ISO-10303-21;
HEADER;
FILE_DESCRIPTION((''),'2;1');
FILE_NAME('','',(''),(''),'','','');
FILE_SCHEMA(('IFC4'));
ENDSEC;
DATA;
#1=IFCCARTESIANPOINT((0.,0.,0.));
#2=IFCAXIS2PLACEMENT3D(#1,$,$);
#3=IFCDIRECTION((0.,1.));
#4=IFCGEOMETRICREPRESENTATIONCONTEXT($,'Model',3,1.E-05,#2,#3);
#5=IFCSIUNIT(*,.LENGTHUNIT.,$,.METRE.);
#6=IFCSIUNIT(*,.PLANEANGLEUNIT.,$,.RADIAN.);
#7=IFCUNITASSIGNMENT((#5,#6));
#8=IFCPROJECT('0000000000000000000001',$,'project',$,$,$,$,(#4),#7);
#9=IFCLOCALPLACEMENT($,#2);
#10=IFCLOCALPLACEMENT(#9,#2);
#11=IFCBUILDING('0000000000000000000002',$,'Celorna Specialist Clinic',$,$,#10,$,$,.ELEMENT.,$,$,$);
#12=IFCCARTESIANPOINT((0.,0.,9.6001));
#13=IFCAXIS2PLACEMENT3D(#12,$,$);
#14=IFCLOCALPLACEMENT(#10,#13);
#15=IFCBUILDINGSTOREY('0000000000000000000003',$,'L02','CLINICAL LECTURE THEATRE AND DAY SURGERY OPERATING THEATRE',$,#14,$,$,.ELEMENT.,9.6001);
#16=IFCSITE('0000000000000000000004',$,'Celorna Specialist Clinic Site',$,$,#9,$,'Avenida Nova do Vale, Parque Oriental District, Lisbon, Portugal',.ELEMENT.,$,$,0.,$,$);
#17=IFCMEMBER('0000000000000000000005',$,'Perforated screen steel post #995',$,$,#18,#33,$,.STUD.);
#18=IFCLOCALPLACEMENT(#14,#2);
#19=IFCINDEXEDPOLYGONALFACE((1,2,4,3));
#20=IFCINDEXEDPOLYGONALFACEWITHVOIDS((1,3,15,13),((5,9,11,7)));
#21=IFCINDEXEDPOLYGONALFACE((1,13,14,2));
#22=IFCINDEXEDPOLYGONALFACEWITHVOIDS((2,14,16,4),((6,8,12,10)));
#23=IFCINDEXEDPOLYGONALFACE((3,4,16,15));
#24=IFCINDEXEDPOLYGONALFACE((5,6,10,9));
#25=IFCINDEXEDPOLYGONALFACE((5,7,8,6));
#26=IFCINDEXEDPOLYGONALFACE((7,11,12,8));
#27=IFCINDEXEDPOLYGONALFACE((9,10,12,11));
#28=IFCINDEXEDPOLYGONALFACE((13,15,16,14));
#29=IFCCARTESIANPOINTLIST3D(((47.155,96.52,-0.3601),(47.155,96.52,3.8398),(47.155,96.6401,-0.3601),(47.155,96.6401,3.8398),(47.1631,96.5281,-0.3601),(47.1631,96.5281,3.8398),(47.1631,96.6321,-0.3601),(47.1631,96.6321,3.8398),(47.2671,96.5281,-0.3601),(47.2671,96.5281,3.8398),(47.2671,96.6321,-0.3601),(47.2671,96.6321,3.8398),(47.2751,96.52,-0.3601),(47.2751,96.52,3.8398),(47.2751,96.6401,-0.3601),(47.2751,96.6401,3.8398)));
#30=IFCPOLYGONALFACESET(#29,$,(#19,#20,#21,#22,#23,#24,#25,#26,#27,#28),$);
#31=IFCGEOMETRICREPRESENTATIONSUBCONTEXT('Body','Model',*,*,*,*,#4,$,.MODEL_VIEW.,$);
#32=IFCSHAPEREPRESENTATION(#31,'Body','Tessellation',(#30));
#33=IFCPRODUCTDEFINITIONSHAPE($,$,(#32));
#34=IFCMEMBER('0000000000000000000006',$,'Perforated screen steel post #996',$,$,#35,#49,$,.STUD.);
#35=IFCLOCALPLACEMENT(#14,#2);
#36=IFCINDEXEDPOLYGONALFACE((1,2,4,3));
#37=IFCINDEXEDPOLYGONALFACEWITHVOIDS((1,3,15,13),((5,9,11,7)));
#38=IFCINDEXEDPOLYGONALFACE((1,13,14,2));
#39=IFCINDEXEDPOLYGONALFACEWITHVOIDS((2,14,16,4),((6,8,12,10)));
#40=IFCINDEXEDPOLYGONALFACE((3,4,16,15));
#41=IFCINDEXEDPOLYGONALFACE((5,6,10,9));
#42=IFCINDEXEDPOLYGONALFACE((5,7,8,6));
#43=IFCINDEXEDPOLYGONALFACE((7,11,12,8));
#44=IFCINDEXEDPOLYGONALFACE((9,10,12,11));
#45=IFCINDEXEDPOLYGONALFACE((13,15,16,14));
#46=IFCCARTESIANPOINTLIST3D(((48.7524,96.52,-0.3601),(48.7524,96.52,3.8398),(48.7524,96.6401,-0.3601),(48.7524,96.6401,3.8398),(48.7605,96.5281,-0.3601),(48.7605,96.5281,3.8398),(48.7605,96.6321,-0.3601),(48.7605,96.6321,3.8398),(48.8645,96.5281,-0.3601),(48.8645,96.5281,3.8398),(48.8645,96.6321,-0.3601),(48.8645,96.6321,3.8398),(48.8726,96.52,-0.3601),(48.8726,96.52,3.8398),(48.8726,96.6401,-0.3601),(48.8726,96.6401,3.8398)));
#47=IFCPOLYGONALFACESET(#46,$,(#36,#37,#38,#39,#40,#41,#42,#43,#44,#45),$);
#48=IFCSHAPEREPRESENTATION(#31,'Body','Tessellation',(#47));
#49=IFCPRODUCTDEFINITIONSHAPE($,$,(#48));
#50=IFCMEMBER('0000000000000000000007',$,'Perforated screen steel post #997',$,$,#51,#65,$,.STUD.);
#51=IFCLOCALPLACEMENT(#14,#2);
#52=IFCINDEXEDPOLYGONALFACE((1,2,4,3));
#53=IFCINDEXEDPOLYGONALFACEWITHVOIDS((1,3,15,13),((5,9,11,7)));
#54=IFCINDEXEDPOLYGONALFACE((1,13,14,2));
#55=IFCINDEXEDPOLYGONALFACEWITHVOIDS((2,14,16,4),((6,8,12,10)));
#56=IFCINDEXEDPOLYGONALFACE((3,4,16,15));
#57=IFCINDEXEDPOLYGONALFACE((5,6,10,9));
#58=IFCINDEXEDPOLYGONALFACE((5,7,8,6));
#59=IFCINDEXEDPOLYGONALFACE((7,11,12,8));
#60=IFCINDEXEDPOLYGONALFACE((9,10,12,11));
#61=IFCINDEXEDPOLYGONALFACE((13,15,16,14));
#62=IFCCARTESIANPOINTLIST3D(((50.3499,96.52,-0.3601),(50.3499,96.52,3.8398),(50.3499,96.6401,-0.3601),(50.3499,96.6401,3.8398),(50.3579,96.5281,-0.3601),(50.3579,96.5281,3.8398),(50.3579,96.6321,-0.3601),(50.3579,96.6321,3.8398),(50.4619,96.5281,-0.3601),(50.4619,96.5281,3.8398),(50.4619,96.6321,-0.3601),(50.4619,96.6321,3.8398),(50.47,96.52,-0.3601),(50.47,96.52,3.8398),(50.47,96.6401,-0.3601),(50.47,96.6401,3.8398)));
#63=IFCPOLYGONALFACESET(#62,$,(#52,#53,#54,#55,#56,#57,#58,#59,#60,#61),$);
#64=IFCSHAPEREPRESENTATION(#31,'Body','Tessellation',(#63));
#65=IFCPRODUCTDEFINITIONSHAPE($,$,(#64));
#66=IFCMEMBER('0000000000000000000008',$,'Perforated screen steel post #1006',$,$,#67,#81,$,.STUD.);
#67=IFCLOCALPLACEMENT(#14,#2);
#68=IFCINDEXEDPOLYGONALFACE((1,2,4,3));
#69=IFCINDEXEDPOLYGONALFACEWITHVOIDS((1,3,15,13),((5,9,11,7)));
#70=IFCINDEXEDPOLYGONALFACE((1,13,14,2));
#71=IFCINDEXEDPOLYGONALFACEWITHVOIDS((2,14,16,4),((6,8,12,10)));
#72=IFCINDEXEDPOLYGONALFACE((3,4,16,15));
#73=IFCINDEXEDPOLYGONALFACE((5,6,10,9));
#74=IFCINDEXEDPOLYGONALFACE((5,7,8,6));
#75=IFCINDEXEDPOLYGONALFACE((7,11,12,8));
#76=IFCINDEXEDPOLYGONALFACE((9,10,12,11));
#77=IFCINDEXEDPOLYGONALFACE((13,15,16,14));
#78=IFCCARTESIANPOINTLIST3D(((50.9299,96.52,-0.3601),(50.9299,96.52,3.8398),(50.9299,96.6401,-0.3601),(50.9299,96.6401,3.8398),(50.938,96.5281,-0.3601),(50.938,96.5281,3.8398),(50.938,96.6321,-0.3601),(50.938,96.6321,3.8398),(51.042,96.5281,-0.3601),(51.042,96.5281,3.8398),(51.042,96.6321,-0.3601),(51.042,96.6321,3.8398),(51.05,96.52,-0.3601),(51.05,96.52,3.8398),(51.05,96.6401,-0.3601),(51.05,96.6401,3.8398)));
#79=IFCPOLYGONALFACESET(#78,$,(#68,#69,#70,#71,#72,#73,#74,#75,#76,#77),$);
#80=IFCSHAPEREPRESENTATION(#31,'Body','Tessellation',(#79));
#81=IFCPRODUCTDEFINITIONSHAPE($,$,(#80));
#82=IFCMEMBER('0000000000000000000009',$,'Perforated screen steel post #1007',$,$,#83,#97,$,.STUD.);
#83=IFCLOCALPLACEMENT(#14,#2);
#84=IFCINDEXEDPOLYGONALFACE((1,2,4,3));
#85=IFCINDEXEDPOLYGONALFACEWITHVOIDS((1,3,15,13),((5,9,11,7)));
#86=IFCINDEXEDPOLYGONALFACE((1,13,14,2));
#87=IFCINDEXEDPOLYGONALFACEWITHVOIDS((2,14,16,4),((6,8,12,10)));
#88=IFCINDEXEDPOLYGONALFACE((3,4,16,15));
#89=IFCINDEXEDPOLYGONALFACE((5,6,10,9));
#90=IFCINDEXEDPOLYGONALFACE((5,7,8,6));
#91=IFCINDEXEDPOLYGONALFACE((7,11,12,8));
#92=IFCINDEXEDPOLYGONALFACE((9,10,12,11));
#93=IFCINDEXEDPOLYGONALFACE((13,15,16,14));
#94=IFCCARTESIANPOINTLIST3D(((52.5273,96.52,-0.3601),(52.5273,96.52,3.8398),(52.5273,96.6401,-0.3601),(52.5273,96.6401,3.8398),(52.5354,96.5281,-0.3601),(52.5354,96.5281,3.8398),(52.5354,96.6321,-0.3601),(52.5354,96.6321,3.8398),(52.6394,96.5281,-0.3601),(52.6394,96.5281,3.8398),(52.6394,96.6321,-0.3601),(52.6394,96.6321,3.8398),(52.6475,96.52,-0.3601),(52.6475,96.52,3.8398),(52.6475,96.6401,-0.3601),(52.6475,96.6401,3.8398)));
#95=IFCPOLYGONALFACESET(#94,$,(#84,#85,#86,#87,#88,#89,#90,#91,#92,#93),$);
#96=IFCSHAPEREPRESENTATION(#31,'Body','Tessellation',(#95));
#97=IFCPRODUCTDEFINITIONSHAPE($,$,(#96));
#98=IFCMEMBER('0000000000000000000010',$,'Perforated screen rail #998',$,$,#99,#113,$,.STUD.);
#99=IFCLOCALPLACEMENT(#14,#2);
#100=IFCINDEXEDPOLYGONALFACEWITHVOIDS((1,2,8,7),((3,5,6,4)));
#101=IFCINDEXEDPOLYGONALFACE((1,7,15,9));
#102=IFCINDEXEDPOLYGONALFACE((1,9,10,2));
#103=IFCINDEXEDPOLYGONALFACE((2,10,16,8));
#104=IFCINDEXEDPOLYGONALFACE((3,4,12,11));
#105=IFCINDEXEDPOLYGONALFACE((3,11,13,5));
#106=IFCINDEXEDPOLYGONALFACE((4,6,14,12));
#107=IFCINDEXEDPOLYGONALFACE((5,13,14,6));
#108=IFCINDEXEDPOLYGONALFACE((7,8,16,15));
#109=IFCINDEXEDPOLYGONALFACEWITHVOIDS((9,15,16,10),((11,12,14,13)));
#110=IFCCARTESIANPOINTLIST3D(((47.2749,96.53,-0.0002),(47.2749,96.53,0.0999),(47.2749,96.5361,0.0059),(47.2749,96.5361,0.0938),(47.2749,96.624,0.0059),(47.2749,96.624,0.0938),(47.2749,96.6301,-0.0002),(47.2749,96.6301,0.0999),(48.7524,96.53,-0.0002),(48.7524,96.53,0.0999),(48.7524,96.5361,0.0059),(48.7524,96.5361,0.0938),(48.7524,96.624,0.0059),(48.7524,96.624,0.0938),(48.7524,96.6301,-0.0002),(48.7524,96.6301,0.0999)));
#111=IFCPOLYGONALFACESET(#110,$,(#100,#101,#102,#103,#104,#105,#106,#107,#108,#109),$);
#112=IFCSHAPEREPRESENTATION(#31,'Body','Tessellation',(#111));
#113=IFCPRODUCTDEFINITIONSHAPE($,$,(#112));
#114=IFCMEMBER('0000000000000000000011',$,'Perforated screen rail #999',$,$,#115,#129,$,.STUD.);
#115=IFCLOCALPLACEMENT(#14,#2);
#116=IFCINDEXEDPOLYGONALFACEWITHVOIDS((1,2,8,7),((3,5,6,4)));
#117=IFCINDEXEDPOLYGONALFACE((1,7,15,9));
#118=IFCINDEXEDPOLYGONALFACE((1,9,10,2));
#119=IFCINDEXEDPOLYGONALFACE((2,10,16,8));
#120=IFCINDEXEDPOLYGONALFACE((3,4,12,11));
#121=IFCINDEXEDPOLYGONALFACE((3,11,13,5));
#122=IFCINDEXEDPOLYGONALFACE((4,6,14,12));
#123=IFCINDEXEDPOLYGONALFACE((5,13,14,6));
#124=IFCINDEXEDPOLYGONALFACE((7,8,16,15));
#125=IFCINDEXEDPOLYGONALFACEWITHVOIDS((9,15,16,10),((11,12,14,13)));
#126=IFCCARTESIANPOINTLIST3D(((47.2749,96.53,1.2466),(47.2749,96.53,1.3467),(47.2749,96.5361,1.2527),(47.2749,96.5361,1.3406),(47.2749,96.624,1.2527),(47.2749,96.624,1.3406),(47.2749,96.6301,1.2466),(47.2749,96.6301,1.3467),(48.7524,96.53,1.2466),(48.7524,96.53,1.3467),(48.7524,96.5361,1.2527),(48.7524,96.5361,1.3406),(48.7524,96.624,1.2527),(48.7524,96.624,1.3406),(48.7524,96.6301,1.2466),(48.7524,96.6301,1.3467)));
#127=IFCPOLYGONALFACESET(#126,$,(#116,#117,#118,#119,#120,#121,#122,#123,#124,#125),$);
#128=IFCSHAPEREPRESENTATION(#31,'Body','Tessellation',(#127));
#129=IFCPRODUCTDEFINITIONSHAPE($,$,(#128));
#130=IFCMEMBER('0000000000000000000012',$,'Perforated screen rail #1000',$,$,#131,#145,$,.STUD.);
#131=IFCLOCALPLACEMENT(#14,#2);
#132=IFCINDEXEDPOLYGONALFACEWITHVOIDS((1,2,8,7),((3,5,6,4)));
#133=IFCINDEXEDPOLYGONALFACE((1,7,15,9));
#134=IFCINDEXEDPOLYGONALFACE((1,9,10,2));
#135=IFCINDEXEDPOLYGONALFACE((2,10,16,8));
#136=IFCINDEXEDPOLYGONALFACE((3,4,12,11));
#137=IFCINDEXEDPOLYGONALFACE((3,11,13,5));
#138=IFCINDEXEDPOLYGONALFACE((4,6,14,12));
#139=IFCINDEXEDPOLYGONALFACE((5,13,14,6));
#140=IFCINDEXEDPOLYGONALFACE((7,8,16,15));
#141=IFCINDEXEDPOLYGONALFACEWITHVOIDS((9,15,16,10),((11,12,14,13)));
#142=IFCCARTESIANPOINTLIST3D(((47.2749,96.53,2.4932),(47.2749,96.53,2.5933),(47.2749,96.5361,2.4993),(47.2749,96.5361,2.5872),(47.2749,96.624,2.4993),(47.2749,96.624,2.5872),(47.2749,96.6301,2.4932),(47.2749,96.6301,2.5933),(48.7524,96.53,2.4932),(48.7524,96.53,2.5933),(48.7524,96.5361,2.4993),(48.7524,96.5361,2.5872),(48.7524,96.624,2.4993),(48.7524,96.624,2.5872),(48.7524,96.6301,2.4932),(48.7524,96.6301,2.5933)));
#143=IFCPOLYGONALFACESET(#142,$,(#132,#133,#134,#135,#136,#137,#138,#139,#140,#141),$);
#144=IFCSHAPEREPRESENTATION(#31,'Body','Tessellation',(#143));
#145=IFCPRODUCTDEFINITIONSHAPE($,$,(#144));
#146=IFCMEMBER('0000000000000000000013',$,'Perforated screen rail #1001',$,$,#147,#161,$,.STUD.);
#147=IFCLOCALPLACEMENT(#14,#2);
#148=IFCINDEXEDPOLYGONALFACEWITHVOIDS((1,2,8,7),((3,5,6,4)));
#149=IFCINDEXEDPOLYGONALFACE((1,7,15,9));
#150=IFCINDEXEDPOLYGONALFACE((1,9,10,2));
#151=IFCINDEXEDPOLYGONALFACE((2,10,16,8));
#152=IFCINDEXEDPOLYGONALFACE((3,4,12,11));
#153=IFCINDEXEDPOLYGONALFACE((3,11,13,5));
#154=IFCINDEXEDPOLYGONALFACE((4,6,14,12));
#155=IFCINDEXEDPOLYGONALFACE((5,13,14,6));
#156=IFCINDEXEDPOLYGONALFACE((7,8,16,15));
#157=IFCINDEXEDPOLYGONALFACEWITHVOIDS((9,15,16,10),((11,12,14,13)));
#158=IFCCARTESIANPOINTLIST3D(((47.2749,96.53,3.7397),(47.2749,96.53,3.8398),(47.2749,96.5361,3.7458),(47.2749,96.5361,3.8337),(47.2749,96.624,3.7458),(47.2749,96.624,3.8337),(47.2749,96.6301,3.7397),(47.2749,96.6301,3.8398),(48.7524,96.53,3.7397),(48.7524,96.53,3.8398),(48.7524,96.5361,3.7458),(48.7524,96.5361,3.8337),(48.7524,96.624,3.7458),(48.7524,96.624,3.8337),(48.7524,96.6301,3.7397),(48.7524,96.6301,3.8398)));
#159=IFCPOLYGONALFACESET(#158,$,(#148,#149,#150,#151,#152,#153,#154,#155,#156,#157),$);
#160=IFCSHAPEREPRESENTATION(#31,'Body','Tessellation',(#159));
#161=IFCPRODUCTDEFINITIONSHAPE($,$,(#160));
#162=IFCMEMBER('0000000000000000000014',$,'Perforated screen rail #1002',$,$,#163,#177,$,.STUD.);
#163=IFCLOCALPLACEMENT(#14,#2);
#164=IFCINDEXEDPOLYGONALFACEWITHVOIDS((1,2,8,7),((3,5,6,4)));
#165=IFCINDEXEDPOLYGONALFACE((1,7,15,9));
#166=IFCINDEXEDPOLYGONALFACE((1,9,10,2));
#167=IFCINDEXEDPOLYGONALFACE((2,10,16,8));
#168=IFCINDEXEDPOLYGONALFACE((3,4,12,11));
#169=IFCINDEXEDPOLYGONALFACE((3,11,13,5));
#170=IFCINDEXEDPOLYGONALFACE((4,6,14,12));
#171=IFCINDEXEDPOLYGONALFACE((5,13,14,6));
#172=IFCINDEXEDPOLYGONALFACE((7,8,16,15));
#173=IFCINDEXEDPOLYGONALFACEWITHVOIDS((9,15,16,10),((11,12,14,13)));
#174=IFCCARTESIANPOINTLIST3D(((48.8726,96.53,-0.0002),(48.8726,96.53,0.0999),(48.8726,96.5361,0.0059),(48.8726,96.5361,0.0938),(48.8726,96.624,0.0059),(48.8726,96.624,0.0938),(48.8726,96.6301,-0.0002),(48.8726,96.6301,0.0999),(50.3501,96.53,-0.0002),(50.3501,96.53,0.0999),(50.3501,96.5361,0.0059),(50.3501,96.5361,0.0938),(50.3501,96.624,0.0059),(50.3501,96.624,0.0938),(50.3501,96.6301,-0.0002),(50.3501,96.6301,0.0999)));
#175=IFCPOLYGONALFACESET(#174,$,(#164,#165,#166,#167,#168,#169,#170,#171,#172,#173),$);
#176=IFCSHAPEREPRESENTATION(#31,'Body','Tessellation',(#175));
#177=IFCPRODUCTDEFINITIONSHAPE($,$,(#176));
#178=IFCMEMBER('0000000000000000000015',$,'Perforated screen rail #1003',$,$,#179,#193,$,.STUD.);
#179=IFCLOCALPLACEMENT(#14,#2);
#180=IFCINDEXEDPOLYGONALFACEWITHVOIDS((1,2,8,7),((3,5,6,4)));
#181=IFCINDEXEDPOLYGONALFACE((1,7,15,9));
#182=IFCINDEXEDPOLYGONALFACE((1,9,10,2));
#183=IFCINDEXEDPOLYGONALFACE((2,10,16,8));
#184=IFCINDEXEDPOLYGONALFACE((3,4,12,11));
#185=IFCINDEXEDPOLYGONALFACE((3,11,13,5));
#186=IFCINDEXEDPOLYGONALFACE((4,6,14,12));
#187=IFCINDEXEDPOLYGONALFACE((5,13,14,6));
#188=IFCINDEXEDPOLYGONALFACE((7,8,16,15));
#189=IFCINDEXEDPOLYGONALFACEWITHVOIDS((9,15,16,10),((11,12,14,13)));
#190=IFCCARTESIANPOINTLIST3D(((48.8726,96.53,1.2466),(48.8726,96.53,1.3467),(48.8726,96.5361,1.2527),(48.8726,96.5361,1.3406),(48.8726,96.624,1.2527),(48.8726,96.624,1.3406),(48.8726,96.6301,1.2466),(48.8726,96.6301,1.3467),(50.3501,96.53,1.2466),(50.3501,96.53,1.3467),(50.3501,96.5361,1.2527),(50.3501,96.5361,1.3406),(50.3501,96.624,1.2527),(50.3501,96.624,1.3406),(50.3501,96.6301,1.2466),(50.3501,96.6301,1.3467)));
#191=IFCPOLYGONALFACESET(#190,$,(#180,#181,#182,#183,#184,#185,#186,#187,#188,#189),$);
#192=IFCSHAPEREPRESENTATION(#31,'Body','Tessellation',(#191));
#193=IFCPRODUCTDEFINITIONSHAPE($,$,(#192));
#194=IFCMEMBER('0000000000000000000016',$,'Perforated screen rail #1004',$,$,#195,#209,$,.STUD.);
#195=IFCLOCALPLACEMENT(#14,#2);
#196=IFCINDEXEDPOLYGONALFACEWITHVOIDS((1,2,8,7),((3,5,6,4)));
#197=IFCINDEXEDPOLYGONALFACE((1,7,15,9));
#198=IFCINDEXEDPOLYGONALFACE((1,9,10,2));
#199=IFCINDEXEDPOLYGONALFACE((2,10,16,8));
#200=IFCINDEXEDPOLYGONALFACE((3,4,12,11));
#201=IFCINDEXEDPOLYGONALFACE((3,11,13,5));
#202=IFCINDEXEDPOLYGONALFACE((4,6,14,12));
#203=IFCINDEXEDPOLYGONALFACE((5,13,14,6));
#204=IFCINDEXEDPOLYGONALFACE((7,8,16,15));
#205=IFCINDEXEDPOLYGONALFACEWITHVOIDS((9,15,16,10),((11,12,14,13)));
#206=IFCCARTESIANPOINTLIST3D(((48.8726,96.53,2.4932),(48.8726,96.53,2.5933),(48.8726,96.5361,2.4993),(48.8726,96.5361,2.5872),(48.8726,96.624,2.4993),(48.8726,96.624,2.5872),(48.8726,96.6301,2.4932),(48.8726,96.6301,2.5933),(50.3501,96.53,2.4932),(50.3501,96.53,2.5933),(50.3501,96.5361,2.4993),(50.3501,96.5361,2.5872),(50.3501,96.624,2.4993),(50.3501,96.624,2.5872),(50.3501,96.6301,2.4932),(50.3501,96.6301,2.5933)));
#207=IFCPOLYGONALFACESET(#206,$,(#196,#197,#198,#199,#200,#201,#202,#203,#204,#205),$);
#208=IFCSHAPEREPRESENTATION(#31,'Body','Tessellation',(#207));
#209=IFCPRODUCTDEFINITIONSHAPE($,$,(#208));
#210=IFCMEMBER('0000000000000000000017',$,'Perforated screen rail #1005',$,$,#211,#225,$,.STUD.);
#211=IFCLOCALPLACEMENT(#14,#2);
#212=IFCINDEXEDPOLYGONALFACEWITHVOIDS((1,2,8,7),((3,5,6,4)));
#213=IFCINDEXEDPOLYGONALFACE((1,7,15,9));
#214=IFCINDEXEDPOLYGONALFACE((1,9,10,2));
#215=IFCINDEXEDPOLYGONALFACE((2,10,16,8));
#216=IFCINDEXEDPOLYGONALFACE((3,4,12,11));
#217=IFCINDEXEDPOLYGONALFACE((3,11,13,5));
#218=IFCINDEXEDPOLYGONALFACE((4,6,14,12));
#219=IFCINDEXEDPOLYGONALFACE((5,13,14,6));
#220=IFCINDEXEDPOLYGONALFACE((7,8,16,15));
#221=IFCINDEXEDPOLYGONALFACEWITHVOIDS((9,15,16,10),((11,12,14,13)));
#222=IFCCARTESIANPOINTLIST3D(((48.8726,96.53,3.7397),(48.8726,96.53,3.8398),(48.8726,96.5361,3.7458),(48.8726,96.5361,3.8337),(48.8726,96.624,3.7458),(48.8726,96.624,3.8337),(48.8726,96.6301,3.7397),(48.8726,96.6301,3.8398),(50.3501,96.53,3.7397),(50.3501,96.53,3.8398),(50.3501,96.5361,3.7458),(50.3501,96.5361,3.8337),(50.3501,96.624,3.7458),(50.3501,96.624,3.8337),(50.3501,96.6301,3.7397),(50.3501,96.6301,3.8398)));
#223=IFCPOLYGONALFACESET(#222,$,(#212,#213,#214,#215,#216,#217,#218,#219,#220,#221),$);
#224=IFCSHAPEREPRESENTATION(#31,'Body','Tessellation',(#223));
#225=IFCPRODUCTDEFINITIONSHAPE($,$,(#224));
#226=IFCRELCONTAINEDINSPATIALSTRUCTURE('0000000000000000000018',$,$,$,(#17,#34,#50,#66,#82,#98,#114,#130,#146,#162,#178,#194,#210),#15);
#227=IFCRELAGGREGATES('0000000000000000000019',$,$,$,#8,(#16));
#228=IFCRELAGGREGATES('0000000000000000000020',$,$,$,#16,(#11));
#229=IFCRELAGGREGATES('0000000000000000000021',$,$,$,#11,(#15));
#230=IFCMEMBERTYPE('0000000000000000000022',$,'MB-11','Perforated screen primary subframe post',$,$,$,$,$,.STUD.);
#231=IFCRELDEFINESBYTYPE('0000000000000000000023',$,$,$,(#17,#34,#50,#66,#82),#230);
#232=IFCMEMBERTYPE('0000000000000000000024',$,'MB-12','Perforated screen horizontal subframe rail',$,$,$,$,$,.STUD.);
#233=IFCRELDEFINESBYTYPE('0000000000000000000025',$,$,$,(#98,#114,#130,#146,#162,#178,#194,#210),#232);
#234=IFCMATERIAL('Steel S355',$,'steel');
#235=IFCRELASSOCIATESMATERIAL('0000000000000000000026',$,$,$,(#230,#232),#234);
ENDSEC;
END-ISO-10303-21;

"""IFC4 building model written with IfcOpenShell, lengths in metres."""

from ifc_helpers import new_model, si_unit, direction, frame, origin, origin_2d, place, context, subcontext, project, spatial, hollow_rectangle, extrude, material, material_profile, profile_set, type_object, element, save


model = new_model("IFC4")

# Units and contexts
model_context = context("Model", 3, precision=1e-05, world=origin(), true_north=direction((0.0, 1.0)))
body_context = subcontext(model_context, "Body", "Model", "MODEL_VIEW")
ifc_project = project(units=[si_unit("LENGTHUNIT", "METRE"), si_unit("PLANEANGLEUNIT", "RADIAN")], contexts=[model_context])

# Site, building, storey
site_placement = place(None, origin())
site = spatial("IfcSite", under=ifc_project, at=site_placement, Name="Celorna Specialist Clinic Site", LongName="Avenida Nova do Vale, Parque Oriental District, Lisbon, Portugal", CompositionType="ELEMENT", RefElevation=0.0)
building_placement = place(site_placement, origin())
building = spatial("IfcBuilding", under=site, at=building_placement, Name="Celorna Specialist Clinic", CompositionType="ELEMENT")
storey_placement = place(building_placement, frame((0.0, 0.0, 9.6001)))
storey = spatial("IfcBuildingStorey", under=building, at=storey_placement, Name="L02", Description="CLINICAL LECTURE THEATRE AND DAY SURGERY OPERATING THEATRE", CompositionType="ELEMENT", Elevation=9.6001)

# Members
ifc_material_1 = material(Name="Steel S355", Category="steel")
ifc_material_profile_1 = material_profile(ifc_material_1, hollow_rectangle(XDim=0.1201, YDim=0.1201, WallThickness=0.0081, at=origin_2d()), Name="SHS 120x120x8")
ifc_profile_set_1 = profile_set([ifc_material_profile_1], Name="Steel S355")
member_type_1 = type_object("IfcMemberType", Name="MB-11", Description="Perforated screen primary subframe post", PredefinedType="STUD", material=ifc_profile_set_1)
for number, where, z_axis, x_axis, name in (
    (1, (47.2151, 96.5801, -0.3601), (0.0, 0.0, 1.0), (1.0, 0.0, 0.0), "Perforated screen steel post #995"),
    (2, (48.8125, 96.5801, -0.3601), (0.0, 0.0, 1.0), (1.0, 0.0, 0.0), "Perforated screen steel post #996"),
    (3, (50.4099, 96.5801, -0.3601), (0.0, 0.0, 1.0), (1.0, 0.0, 0.0), "Perforated screen steel post #997"),
    (4, (50.99, 96.5801, -0.3601), (0.0, 0.0, 1.0), (1.0, 0.0, 0.0), "Perforated screen steel post #1006"),
    (5, (52.5874, 96.5801, -0.3601), (0.0, 0.0, 1.0), (1.0, 0.0, 0.0), "Perforated screen steel post #1007"),
):
    element("IfcMember", number, at=place(storey_placement, frame(where, z_axis=z_axis, x_axis=x_axis)), inside=storey, type_object=member_type_1, Name=name, PredefinedType="STUD", context=body_context, shape_type="SweptSolid", body=[
        extrude(hollow_rectangle(XDim=0.1201, YDim=0.1201, WallThickness=0.0081, at=origin_2d()), origin(), (0.0, 0.0, 1.0), 4.2),
    ])
ifc_material_profile_2 = material_profile(ifc_material_1, hollow_rectangle(XDim=0.1001, YDim=0.1001, WallThickness=0.0061, at=origin_2d()), Name="SHS 100x100x6")
ifc_profile_set_2 = profile_set([ifc_material_profile_2], Name="Steel S355")
member_type_2 = type_object("IfcMemberType", Name="MB-12", Description="Perforated screen horizontal subframe rail", PredefinedType="STUD", material=ifc_profile_set_2)
for number, where, z_axis, x_axis, name in (
    (6, (47.2749, 96.5801, 0.0498), (1.0, 0.0, 0.0), (0.0, 1.0, 0.0), "Perforated screen rail #998"),
    (7, (47.2749, 96.5801, 1.2966), (1.0, 0.0, 0.0), (0.0, 1.0, 0.0), "Perforated screen rail #999"),
    (8, (47.2749, 96.5801, 2.5432), (1.0, 0.0, 0.0), (0.0, 1.0, 0.0), "Perforated screen rail #1000"),
    (9, (47.2749, 96.5801, 3.7898), (1.0, 0.0, 0.0), (0.0, 1.0, 0.0), "Perforated screen rail #1001"),
    (10, (48.8726, 96.5801, 0.0498), (1.0, 0.0, 0.0), (0.0, 1.0, 0.0), "Perforated screen rail #1002"),
    (11, (48.8726, 96.5801, 1.2966), (1.0, 0.0, 0.0), (0.0, 1.0, 0.0), "Perforated screen rail #1003"),
    (12, (48.8726, 96.5801, 2.5432), (1.0, 0.0, 0.0), (0.0, 1.0, 0.0), "Perforated screen rail #1004"),
    (13, (48.8726, 96.5801, 3.7898), (1.0, 0.0, 0.0), (0.0, 1.0, 0.0), "Perforated screen rail #1005"),
):
    element("IfcMember", number, at=place(storey_placement, frame(where, z_axis=z_axis, x_axis=x_axis)), inside=storey, type_object=member_type_2, Name=name, PredefinedType="STUD", context=body_context, shape_type="SweptSolid", body=[
        extrude(hollow_rectangle(XDim=0.1001, YDim=0.1001, WallThickness=0.0061, at=origin_2d()), origin(), (0.0, 0.0, 1.0), 1.4775),
    ])

save(model, "model.ifc")
